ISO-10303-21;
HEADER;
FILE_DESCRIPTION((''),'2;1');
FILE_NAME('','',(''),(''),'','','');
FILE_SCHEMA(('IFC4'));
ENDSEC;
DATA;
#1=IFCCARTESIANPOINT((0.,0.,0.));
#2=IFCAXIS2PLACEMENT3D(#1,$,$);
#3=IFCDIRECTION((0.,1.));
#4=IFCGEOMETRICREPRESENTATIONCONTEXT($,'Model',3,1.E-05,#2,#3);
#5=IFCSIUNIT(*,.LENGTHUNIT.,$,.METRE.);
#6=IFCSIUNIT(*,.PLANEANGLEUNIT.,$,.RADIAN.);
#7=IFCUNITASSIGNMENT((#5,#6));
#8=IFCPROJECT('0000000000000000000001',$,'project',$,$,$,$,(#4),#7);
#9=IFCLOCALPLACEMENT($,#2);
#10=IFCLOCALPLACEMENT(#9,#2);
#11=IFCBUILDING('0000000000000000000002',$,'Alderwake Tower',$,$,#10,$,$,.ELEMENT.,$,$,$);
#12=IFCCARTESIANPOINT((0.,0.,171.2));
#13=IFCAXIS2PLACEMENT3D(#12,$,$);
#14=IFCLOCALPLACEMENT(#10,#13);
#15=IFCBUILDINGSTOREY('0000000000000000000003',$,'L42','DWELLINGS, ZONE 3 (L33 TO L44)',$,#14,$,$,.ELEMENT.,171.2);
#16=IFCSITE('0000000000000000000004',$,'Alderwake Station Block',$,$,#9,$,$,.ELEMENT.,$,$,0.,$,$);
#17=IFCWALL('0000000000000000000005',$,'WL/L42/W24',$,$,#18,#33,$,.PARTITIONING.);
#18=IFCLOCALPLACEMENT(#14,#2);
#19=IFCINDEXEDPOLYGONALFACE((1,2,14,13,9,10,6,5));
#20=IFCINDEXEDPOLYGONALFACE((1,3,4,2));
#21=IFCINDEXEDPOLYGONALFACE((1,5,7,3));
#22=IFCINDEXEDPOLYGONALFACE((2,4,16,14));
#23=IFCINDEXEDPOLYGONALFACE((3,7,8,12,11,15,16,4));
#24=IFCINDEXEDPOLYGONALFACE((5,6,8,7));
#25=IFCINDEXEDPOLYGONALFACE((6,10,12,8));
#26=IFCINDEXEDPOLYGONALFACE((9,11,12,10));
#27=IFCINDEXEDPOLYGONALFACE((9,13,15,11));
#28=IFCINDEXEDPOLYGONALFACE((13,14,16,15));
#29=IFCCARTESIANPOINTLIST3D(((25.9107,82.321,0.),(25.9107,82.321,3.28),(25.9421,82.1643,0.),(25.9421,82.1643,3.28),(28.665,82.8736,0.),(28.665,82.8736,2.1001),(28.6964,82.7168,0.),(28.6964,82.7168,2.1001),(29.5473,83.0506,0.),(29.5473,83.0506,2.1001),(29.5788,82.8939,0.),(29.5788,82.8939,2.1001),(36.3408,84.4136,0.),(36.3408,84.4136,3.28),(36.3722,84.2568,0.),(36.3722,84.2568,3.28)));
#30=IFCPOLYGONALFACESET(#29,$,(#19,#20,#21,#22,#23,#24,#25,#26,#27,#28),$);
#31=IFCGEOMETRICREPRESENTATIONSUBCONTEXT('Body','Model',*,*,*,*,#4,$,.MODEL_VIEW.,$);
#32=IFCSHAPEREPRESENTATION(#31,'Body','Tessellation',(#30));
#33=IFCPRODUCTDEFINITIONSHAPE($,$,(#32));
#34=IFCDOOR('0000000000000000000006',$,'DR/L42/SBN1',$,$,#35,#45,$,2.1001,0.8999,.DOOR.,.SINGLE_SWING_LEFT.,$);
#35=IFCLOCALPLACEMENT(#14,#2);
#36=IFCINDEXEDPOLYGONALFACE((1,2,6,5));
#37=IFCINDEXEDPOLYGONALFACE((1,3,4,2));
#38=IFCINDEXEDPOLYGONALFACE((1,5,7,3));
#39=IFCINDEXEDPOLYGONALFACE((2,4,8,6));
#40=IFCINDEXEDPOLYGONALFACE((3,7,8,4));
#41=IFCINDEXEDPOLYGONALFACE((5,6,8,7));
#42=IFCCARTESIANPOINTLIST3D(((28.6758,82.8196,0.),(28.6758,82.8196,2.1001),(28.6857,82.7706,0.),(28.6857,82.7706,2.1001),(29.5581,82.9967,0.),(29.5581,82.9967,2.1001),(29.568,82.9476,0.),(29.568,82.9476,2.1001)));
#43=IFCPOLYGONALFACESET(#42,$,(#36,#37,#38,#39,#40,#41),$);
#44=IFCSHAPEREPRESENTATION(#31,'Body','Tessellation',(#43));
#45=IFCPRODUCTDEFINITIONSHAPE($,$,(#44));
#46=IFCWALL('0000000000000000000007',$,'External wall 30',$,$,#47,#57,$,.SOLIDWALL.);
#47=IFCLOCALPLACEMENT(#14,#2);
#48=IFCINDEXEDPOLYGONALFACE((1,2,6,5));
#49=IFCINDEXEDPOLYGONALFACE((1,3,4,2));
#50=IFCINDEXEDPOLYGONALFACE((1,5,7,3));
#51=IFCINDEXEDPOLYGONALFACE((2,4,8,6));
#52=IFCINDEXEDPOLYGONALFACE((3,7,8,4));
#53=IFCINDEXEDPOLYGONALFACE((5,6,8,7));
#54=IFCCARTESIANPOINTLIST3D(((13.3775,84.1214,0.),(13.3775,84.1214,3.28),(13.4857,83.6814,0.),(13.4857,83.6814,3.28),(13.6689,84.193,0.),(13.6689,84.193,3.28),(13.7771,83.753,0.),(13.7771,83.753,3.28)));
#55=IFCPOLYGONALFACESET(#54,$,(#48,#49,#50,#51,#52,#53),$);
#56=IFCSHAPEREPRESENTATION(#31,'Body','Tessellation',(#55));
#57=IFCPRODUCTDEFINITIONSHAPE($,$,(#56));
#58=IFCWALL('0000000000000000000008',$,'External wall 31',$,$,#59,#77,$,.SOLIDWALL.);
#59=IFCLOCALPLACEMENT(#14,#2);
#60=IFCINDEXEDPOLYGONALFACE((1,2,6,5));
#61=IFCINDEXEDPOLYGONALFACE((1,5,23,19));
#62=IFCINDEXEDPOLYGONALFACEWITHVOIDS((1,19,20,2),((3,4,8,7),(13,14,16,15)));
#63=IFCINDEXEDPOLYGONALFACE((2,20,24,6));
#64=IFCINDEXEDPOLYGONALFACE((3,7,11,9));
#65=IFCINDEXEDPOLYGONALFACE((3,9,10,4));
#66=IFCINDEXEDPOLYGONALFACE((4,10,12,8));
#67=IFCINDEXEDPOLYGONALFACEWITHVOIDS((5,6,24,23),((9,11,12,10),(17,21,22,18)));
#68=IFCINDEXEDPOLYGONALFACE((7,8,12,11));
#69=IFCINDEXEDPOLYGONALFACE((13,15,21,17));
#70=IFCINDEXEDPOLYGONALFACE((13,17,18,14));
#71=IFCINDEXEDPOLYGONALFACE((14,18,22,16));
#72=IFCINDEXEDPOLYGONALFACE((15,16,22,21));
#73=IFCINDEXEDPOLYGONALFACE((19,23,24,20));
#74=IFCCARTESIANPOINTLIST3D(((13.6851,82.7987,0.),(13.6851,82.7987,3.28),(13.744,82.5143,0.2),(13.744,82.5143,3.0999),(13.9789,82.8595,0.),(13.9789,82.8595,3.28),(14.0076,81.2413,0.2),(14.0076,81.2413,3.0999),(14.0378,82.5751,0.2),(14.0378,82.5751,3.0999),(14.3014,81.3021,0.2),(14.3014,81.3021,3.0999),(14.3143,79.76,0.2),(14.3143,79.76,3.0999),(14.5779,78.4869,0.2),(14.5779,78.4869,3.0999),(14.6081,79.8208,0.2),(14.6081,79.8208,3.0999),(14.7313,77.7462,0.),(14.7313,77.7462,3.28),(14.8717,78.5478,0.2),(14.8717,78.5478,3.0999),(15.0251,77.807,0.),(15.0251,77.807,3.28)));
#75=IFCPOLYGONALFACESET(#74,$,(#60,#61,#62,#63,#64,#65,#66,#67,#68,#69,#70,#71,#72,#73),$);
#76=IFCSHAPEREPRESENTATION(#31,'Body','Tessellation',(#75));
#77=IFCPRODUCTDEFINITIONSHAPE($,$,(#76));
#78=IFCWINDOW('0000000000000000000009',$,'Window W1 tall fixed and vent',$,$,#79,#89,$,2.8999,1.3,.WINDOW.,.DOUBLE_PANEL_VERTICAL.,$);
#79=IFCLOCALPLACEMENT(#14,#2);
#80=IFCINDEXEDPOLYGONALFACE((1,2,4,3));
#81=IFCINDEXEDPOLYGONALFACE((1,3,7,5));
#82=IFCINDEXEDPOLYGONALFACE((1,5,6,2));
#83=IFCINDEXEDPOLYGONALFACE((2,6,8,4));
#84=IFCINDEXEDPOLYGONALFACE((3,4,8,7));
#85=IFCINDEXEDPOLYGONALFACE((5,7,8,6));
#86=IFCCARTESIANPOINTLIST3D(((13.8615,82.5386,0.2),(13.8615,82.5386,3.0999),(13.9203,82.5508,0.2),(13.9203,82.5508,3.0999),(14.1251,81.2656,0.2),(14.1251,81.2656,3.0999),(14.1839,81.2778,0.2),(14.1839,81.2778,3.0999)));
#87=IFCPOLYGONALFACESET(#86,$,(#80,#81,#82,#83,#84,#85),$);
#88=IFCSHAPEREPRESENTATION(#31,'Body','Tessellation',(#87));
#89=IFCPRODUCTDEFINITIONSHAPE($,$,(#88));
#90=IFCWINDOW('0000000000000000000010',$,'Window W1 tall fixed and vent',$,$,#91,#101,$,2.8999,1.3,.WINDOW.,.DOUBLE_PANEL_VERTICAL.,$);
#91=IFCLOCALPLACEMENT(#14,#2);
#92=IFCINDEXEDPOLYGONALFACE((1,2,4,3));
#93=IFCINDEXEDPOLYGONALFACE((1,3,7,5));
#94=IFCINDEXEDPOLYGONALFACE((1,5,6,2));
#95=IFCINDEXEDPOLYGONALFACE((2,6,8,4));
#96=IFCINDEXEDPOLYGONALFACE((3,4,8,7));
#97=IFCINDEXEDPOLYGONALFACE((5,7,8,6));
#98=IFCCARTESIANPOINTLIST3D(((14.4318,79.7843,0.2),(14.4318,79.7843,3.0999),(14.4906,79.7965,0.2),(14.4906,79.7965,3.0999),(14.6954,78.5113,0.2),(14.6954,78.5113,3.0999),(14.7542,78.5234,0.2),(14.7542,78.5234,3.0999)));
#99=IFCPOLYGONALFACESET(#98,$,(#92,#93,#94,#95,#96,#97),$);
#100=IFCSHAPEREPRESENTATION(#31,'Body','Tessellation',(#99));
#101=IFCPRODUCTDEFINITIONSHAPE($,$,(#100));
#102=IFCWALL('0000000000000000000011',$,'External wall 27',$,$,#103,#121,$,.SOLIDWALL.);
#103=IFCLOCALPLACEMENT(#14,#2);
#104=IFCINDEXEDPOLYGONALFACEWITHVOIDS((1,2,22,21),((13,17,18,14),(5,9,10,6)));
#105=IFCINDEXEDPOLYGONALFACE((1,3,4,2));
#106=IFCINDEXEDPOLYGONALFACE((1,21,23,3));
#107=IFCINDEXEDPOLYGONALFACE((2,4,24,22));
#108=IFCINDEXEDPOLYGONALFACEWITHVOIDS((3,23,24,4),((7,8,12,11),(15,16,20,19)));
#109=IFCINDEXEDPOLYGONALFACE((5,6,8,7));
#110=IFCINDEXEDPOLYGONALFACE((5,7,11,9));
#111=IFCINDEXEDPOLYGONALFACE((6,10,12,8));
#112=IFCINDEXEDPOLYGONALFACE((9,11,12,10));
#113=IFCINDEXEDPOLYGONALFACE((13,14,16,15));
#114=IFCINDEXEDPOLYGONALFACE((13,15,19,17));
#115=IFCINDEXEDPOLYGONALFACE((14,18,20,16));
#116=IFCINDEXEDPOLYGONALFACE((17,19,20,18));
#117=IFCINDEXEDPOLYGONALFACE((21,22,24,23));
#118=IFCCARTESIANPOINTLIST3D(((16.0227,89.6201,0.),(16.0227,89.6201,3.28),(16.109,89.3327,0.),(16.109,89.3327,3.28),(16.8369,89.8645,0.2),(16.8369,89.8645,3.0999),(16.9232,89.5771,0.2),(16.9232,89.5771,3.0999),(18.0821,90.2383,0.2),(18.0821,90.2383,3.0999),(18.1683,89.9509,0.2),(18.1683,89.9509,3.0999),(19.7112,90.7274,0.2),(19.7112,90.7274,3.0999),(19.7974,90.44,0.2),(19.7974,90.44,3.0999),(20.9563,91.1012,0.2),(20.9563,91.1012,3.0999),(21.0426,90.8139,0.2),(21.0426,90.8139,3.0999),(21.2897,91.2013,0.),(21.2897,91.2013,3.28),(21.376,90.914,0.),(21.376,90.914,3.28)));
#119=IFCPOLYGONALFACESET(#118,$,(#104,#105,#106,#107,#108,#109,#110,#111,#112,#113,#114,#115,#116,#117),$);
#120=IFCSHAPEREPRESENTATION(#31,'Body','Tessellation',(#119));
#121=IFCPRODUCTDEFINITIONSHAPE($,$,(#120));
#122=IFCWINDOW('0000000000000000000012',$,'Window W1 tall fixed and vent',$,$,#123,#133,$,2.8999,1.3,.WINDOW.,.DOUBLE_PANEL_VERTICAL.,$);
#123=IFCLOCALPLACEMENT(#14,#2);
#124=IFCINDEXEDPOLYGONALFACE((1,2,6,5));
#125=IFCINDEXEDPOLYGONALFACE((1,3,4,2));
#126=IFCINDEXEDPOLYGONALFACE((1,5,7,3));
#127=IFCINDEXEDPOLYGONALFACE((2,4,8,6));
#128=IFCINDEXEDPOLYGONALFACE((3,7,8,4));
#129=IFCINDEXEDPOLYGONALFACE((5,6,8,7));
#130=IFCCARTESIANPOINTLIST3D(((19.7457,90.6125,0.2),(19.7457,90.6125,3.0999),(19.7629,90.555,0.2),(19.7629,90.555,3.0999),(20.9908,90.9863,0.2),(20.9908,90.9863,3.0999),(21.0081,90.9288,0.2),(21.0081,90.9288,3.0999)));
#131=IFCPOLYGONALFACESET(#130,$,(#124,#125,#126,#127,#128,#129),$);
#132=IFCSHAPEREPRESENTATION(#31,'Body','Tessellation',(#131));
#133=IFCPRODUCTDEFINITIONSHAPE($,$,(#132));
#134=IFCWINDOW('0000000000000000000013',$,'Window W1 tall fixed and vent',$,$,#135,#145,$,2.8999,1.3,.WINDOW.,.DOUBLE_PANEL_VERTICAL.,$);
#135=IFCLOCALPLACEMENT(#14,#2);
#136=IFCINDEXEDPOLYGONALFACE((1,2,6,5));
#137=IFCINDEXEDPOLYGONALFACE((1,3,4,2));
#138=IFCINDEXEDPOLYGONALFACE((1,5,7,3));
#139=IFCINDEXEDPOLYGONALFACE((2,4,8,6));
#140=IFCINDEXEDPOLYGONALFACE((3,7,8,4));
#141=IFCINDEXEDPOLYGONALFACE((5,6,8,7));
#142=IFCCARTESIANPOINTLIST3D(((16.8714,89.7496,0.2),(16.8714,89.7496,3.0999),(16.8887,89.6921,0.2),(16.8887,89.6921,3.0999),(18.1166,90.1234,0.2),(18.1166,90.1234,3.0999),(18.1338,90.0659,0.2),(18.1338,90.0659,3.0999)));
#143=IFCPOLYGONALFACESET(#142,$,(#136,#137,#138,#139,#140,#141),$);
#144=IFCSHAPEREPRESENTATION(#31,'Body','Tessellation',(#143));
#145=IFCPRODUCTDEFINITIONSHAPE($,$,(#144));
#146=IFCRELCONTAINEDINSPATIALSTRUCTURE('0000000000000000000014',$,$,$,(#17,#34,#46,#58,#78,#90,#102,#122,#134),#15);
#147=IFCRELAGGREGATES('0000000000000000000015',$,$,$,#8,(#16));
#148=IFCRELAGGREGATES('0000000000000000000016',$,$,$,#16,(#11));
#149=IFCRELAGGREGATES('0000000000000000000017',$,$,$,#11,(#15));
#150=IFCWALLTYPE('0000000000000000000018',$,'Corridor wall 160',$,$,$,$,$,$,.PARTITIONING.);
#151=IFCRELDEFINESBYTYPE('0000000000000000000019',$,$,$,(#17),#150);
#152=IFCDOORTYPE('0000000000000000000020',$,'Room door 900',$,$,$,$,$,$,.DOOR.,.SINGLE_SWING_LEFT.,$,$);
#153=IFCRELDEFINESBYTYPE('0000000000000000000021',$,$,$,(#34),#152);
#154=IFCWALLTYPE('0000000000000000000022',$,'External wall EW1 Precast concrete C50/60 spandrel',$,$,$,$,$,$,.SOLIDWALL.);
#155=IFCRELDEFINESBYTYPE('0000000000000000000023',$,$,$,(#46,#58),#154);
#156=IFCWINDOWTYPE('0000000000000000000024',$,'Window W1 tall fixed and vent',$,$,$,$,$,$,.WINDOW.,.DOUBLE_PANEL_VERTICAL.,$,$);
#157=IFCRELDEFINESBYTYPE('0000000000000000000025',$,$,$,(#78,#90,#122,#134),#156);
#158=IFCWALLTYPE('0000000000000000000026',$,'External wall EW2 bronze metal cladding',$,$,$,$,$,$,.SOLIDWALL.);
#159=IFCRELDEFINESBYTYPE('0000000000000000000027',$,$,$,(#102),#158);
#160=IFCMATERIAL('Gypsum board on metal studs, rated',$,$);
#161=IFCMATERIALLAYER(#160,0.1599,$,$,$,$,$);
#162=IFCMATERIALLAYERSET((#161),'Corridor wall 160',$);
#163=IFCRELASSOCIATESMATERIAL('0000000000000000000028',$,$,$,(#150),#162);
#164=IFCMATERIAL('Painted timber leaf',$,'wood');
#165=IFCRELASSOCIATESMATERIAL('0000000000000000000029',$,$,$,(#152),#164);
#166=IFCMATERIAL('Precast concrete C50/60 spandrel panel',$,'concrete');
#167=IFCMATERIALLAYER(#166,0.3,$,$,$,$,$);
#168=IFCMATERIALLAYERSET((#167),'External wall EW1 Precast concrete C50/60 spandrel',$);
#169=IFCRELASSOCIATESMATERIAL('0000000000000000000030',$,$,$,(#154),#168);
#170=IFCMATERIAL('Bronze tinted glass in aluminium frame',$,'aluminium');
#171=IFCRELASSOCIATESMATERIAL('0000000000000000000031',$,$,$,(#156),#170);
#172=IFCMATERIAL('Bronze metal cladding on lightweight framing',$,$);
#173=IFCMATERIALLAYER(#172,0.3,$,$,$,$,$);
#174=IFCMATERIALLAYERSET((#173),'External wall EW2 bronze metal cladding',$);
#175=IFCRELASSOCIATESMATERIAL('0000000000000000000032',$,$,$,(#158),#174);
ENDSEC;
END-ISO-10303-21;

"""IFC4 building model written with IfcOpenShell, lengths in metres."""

from ifc_helpers import new_model, si_unit, direction, frame, frame_2d, origin, place, context, subcontext, project, spatial, rectangle, extrude, material, layer, layer_set, type_object, element, fill, save


model = new_model("IFC4")

# Units and contexts
model_context = context("Model", 3, precision=1e-05, world=origin(), true_north=direction((0.0, 1.0)))
body_context = subcontext(model_context, "Body", "Model", "MODEL_VIEW")
ifc_project = project(units=[si_unit("LENGTHUNIT", "METRE"), si_unit("PLANEANGLEUNIT", "RADIAN")], contexts=[model_context])

# Site, building, storey
site_placement = place(None, origin())
site = spatial("IfcSite", under=ifc_project, at=site_placement, Name="Alderwake Station Block", CompositionType="ELEMENT", RefElevation=0.0)
building_placement = place(site_placement, origin())
building = spatial("IfcBuilding", under=site, at=building_placement, Name="Alderwake Tower", CompositionType="ELEMENT")
storey_placement = place(building_placement, frame((0.0, 0.0, 171.2)))
storey = spatial("IfcBuildingStorey", under=building, at=storey_placement, Name="L42", Description="DWELLINGS, ZONE 3 (L33 TO L44)", CompositionType="ELEMENT", Elevation=171.2)

# Shared definitions
ifc_material_1 = material(Name="Gypsum board on metal studs, rated")
ifc_layer_1 = layer(ifc_material_1, 0.1599)
ifc_layer_set_1 = layer_set([ifc_layer_1], Name="Corridor wall 160")
wall_type_1 = type_object("IfcWallType", Name="Corridor wall 160", PredefinedType="PARTITIONING", material=ifc_layer_set_1)

# Wall, opening, door
wall_1_placement = place(storey_placement, frame((25.9265, 82.2427, 0.0), z_axis=(0.0, 0.0, 1.0), x_axis=(0.980463, 0.196703, 0.0)))
wall_1 = element("IfcWall", 1, at=wall_1_placement, inside=storey, type_object=wall_type_1, Name="WL/L42/W24", PredefinedType="PARTITIONING", context=body_context, shape_type="SweptSolid", body=[
    extrude(rectangle(XDim=10.6379, YDim=0.1599, at=frame_2d((5.3188, 0.0))), origin(), (0.0, 0.0, 1.0), 3.28),
])
opening_1_placement = place(wall_1_placement, frame((2.8091, 0.0, 0.0)))
opening_1 = element("IfcOpeningElement", 2, at=opening_1_placement, cuts=wall_1, PredefinedType="OPENING", context=body_context, shape_type="SweptSolid", body=[
    extrude(rectangle(XDim=0.8999, YDim=2.1001, at=frame_2d((0.45, 1.05))), frame((0.0, 0.0898, 0.0), z_axis=(0.0, -1.0, 0.0), x_axis=(1.0, 0.0, 0.0)), (0.0, 0.0, 1.0), 0.1799),
])
ifc_material_2 = material(Name="Painted timber leaf", Category="wood")
door_type_1 = type_object("IfcDoorType", Name="Room door 900", OperationType="SINGLE_SWING_LEFT", PredefinedType="DOOR", material=ifc_material_2)
door_1_placement = place(opening_1_placement, origin())
door_1 = element("IfcDoor", 3, at=door_1_placement, inside=storey, type_object=door_type_1, Name="DR/L42/SBN1", OperationType="SINGLE_SWING_LEFT", OverallHeight=2.1001, OverallWidth=0.8999, PredefinedType="DOOR", context=body_context, shape_type="SweptSolid", body=[
    extrude(rectangle(XDim=0.8999, YDim=2.1001, at=frame_2d((0.45, 1.05))), frame((0.0, 0.0249, 0.0), z_axis=(0.0, -1.0, 0.0), x_axis=(1.0, 0.0, 0.0)), (0.0, 0.0, 1.0), 0.05),
])
fill(opening_1, door_1)

# Wall
ifc_material_3 = material(Name="Precast concrete C50/60 spandrel panel", Category="concrete")
ifc_layer_2 = layer(ifc_material_3, 0.3)
ifc_layer_set_2 = layer_set([ifc_layer_2], Name="External wall EW1 Precast concrete C50/60 spandrel")
wall_type_2 = type_object("IfcWallType", Name="External wall EW1 Precast concrete C50/60 spandrel", PredefinedType="SOLIDWALL", material=ifc_layer_set_2)
wall_2_placement = place(storey_placement, frame((13.5232, 84.1572, 0.0), z_axis=(0.0, 0.0, 1.0), x_axis=(0.23873, -0.971086, 0.0)))
element("IfcWall", 4, at=wall_2_placement, inside=storey, type_object=wall_type_2, Name="External wall 30", PredefinedType="SOLIDWALL", context=body_context, shape_type="SweptSolid", body=[
    extrude(rectangle(XDim=0.4531, YDim=0.3, at=frame_2d((0.2266, 0.0))), origin(), (0.0, 0.0, 1.0), 3.28),
])

# Walls, openings, windows
wall_3_placement = place(storey_placement, frame((13.832, 82.8291, 0.0), z_axis=(0.0, 0.0, 1.0), x_axis=(0.202754, -0.97923, 0.0)))
wall_3 = element("IfcWall", 5, at=wall_3_placement, inside=storey, type_object=wall_type_2, Name="External wall 31", PredefinedType="SOLIDWALL", context=body_context, shape_type="SweptSolid", body=[
    extrude(rectangle(XDim=5.1597, YDim=0.3, at=frame_2d((2.5798, 0.0))), origin(), (0.0, 0.0, 1.0), 3.28),
])
opening_2_placement = place(wall_3_placement, frame((0.2905, 0.0, 0.2)))
opening_2 = element("IfcOpeningElement", 6, at=opening_2_placement, cuts=wall_3, PredefinedType="OPENING", context=body_context, shape_type="SweptSolid", body=[
    extrude(rectangle(XDim=1.3, YDim=2.8999, at=frame_2d((0.6499, 1.45))), frame((0.0, 0.1599, 0.0), z_axis=(0.0, -1.0, 0.0), x_axis=(1.0, 0.0, 0.0)), (0.0, 0.0, 1.0), 0.3201),
])
opening_3_placement = place(wall_3_placement, frame((3.1033, 0.0, 0.2)))
opening_3 = element("IfcOpeningElement", 7, at=opening_3_placement, cuts=wall_3, PredefinedType="OPENING", context=body_context, shape_type="SweptSolid", body=[
    extrude(rectangle(XDim=1.3, YDim=2.8999, at=frame_2d((0.6499, 1.45))), frame((0.0, 0.1599, 0.0), z_axis=(0.0, -1.0, 0.0), x_axis=(1.0, 0.0, 0.0)), (0.0, 0.0, 1.0), 0.3201),
])
ifc_material_4 = material(Name="Bronze tinted glass in aluminium frame", Category="aluminium")
window_type = type_object("IfcWindowType", Name="Window W1 tall fixed and vent", PartitioningType="DOUBLE_PANEL_VERTICAL", PredefinedType="WINDOW", material=ifc_material_4)
window_1_placement = place(opening_2_placement, origin())
window_1 = element("IfcWindow", 8, at=window_1_placement, inside=storey, type_object=window_type, Name="Window W1 tall fixed and vent", OverallHeight=2.8999, OverallWidth=1.3, PartitioningType="DOUBLE_PANEL_VERTICAL", PredefinedType="WINDOW", context=body_context, shape_type="SweptSolid", body=[
    extrude(rectangle(XDim=1.3, YDim=2.8999, at=frame_2d((0.6499, 1.45))), frame((0.0, 0.03, 0.0), z_axis=(0.0, -1.0, 0.0), x_axis=(1.0, 0.0, 0.0)), (0.0, 0.0, 1.0), 0.0601),
])
fill(opening_2, window_1)
window_2_placement = place(opening_3_placement, origin())
window_2 = element("IfcWindow", 9, at=window_2_placement, inside=storey, type_object=window_type, Name="Window W1 tall fixed and vent", OverallHeight=2.8999, OverallWidth=1.3, PartitioningType="DOUBLE_PANEL_VERTICAL", PredefinedType="WINDOW", context=body_context, shape_type="SweptSolid", body=[
    extrude(rectangle(XDim=1.3, YDim=2.8999, at=frame_2d((0.6499, 1.45))), frame((0.0, 0.03, 0.0), z_axis=(0.0, -1.0, 0.0), x_axis=(1.0, 0.0, 0.0)), (0.0, 0.0, 1.0), 0.0601),
])
fill(opening_3, window_2)
ifc_material_5 = material(Name="Bronze metal cladding on lightweight framing")
ifc_layer_3 = layer(ifc_material_5, 0.3)
ifc_layer_set_3 = layer_set([ifc_layer_3], Name="External wall EW2 bronze metal cladding")
wall_type_3 = type_object("IfcWallType", Name="External wall EW2 bronze metal cladding", PredefinedType="SOLIDWALL", material=ifc_layer_set_3)
wall_4_placement = place(storey_placement, frame((21.3328, 91.0576, 0.0), z_axis=(0.0, 0.0, 1.0), x_axis=(-0.957768, -0.287543, 0.0)))
wall_4 = element("IfcWall", 10, at=wall_4_placement, inside=storey, type_object=wall_type_3, Name="External wall 27", PredefinedType="SOLIDWALL", context=body_context, shape_type="SweptSolid", body=[
    extrude(rectangle(XDim=5.4993, YDim=0.3, at=frame_2d((2.7495, 0.0))), origin(), (0.0, 0.0, 1.0), 3.28),
])
opening_4_placement = place(wall_4_placement, frame((0.3481, 0.0, 0.2)))
opening_4 = element("IfcOpeningElement", 11, at=opening_4_placement, cuts=wall_4, PredefinedType="OPENING", context=body_context, shape_type="SweptSolid", body=[
    extrude(rectangle(XDim=1.3, YDim=2.8999, at=frame_2d((0.6499, 1.45))), frame((0.0, 0.1599, 0.0), z_axis=(0.0, -1.0, 0.0), x_axis=(1.0, 0.0, 0.0)), (0.0, 0.0, 1.0), 0.3201),
])
opening_5_placement = place(wall_4_placement, frame((3.3491, 0.0, 0.2)))
opening_5 = element("IfcOpeningElement", 12, at=opening_5_placement, cuts=wall_4, PredefinedType="OPENING", context=body_context, shape_type="SweptSolid", body=[
    extrude(rectangle(XDim=1.3, YDim=2.8999, at=frame_2d((0.6499, 1.45))), frame((0.0, 0.1599, 0.0), z_axis=(0.0, -1.0, 0.0), x_axis=(1.0, 0.0, 0.0)), (0.0, 0.0, 1.0), 0.3201),
])
window_3_placement = place(opening_4_placement, origin())
window_3 = element("IfcWindow", 13, at=window_3_placement, inside=storey, type_object=window_type, Name="Window W1 tall fixed and vent", OverallHeight=2.8999, OverallWidth=1.3, PartitioningType="DOUBLE_PANEL_VERTICAL", PredefinedType="WINDOW", context=body_context, shape_type="SweptSolid", body=[
    extrude(rectangle(XDim=1.3, YDim=2.8999, at=frame_2d((0.6499, 1.45))), frame((0.0, 0.03, 0.0), z_axis=(0.0, -1.0, 0.0), x_axis=(1.0, 0.0, 0.0)), (0.0, 0.0, 1.0), 0.0601),
])
fill(opening_4, window_3)
window_4_placement = place(opening_5_placement, origin())
window_4 = element("IfcWindow", 14, at=window_4_placement, inside=storey, type_object=window_type, Name="Window W1 tall fixed and vent", OverallHeight=2.8999, OverallWidth=1.3, PartitioningType="DOUBLE_PANEL_VERTICAL", PredefinedType="WINDOW", context=body_context, shape_type="SweptSolid", body=[
    extrude(rectangle(XDim=1.3, YDim=2.8999, at=frame_2d((0.6499, 1.45))), frame((0.0, 0.03, 0.0), z_axis=(0.0, -1.0, 0.0), x_axis=(1.0, 0.0, 0.0)), (0.0, 0.0, 1.0), 0.0601),
])
fill(opening_5, window_4)

save(model, "model.ifc")
